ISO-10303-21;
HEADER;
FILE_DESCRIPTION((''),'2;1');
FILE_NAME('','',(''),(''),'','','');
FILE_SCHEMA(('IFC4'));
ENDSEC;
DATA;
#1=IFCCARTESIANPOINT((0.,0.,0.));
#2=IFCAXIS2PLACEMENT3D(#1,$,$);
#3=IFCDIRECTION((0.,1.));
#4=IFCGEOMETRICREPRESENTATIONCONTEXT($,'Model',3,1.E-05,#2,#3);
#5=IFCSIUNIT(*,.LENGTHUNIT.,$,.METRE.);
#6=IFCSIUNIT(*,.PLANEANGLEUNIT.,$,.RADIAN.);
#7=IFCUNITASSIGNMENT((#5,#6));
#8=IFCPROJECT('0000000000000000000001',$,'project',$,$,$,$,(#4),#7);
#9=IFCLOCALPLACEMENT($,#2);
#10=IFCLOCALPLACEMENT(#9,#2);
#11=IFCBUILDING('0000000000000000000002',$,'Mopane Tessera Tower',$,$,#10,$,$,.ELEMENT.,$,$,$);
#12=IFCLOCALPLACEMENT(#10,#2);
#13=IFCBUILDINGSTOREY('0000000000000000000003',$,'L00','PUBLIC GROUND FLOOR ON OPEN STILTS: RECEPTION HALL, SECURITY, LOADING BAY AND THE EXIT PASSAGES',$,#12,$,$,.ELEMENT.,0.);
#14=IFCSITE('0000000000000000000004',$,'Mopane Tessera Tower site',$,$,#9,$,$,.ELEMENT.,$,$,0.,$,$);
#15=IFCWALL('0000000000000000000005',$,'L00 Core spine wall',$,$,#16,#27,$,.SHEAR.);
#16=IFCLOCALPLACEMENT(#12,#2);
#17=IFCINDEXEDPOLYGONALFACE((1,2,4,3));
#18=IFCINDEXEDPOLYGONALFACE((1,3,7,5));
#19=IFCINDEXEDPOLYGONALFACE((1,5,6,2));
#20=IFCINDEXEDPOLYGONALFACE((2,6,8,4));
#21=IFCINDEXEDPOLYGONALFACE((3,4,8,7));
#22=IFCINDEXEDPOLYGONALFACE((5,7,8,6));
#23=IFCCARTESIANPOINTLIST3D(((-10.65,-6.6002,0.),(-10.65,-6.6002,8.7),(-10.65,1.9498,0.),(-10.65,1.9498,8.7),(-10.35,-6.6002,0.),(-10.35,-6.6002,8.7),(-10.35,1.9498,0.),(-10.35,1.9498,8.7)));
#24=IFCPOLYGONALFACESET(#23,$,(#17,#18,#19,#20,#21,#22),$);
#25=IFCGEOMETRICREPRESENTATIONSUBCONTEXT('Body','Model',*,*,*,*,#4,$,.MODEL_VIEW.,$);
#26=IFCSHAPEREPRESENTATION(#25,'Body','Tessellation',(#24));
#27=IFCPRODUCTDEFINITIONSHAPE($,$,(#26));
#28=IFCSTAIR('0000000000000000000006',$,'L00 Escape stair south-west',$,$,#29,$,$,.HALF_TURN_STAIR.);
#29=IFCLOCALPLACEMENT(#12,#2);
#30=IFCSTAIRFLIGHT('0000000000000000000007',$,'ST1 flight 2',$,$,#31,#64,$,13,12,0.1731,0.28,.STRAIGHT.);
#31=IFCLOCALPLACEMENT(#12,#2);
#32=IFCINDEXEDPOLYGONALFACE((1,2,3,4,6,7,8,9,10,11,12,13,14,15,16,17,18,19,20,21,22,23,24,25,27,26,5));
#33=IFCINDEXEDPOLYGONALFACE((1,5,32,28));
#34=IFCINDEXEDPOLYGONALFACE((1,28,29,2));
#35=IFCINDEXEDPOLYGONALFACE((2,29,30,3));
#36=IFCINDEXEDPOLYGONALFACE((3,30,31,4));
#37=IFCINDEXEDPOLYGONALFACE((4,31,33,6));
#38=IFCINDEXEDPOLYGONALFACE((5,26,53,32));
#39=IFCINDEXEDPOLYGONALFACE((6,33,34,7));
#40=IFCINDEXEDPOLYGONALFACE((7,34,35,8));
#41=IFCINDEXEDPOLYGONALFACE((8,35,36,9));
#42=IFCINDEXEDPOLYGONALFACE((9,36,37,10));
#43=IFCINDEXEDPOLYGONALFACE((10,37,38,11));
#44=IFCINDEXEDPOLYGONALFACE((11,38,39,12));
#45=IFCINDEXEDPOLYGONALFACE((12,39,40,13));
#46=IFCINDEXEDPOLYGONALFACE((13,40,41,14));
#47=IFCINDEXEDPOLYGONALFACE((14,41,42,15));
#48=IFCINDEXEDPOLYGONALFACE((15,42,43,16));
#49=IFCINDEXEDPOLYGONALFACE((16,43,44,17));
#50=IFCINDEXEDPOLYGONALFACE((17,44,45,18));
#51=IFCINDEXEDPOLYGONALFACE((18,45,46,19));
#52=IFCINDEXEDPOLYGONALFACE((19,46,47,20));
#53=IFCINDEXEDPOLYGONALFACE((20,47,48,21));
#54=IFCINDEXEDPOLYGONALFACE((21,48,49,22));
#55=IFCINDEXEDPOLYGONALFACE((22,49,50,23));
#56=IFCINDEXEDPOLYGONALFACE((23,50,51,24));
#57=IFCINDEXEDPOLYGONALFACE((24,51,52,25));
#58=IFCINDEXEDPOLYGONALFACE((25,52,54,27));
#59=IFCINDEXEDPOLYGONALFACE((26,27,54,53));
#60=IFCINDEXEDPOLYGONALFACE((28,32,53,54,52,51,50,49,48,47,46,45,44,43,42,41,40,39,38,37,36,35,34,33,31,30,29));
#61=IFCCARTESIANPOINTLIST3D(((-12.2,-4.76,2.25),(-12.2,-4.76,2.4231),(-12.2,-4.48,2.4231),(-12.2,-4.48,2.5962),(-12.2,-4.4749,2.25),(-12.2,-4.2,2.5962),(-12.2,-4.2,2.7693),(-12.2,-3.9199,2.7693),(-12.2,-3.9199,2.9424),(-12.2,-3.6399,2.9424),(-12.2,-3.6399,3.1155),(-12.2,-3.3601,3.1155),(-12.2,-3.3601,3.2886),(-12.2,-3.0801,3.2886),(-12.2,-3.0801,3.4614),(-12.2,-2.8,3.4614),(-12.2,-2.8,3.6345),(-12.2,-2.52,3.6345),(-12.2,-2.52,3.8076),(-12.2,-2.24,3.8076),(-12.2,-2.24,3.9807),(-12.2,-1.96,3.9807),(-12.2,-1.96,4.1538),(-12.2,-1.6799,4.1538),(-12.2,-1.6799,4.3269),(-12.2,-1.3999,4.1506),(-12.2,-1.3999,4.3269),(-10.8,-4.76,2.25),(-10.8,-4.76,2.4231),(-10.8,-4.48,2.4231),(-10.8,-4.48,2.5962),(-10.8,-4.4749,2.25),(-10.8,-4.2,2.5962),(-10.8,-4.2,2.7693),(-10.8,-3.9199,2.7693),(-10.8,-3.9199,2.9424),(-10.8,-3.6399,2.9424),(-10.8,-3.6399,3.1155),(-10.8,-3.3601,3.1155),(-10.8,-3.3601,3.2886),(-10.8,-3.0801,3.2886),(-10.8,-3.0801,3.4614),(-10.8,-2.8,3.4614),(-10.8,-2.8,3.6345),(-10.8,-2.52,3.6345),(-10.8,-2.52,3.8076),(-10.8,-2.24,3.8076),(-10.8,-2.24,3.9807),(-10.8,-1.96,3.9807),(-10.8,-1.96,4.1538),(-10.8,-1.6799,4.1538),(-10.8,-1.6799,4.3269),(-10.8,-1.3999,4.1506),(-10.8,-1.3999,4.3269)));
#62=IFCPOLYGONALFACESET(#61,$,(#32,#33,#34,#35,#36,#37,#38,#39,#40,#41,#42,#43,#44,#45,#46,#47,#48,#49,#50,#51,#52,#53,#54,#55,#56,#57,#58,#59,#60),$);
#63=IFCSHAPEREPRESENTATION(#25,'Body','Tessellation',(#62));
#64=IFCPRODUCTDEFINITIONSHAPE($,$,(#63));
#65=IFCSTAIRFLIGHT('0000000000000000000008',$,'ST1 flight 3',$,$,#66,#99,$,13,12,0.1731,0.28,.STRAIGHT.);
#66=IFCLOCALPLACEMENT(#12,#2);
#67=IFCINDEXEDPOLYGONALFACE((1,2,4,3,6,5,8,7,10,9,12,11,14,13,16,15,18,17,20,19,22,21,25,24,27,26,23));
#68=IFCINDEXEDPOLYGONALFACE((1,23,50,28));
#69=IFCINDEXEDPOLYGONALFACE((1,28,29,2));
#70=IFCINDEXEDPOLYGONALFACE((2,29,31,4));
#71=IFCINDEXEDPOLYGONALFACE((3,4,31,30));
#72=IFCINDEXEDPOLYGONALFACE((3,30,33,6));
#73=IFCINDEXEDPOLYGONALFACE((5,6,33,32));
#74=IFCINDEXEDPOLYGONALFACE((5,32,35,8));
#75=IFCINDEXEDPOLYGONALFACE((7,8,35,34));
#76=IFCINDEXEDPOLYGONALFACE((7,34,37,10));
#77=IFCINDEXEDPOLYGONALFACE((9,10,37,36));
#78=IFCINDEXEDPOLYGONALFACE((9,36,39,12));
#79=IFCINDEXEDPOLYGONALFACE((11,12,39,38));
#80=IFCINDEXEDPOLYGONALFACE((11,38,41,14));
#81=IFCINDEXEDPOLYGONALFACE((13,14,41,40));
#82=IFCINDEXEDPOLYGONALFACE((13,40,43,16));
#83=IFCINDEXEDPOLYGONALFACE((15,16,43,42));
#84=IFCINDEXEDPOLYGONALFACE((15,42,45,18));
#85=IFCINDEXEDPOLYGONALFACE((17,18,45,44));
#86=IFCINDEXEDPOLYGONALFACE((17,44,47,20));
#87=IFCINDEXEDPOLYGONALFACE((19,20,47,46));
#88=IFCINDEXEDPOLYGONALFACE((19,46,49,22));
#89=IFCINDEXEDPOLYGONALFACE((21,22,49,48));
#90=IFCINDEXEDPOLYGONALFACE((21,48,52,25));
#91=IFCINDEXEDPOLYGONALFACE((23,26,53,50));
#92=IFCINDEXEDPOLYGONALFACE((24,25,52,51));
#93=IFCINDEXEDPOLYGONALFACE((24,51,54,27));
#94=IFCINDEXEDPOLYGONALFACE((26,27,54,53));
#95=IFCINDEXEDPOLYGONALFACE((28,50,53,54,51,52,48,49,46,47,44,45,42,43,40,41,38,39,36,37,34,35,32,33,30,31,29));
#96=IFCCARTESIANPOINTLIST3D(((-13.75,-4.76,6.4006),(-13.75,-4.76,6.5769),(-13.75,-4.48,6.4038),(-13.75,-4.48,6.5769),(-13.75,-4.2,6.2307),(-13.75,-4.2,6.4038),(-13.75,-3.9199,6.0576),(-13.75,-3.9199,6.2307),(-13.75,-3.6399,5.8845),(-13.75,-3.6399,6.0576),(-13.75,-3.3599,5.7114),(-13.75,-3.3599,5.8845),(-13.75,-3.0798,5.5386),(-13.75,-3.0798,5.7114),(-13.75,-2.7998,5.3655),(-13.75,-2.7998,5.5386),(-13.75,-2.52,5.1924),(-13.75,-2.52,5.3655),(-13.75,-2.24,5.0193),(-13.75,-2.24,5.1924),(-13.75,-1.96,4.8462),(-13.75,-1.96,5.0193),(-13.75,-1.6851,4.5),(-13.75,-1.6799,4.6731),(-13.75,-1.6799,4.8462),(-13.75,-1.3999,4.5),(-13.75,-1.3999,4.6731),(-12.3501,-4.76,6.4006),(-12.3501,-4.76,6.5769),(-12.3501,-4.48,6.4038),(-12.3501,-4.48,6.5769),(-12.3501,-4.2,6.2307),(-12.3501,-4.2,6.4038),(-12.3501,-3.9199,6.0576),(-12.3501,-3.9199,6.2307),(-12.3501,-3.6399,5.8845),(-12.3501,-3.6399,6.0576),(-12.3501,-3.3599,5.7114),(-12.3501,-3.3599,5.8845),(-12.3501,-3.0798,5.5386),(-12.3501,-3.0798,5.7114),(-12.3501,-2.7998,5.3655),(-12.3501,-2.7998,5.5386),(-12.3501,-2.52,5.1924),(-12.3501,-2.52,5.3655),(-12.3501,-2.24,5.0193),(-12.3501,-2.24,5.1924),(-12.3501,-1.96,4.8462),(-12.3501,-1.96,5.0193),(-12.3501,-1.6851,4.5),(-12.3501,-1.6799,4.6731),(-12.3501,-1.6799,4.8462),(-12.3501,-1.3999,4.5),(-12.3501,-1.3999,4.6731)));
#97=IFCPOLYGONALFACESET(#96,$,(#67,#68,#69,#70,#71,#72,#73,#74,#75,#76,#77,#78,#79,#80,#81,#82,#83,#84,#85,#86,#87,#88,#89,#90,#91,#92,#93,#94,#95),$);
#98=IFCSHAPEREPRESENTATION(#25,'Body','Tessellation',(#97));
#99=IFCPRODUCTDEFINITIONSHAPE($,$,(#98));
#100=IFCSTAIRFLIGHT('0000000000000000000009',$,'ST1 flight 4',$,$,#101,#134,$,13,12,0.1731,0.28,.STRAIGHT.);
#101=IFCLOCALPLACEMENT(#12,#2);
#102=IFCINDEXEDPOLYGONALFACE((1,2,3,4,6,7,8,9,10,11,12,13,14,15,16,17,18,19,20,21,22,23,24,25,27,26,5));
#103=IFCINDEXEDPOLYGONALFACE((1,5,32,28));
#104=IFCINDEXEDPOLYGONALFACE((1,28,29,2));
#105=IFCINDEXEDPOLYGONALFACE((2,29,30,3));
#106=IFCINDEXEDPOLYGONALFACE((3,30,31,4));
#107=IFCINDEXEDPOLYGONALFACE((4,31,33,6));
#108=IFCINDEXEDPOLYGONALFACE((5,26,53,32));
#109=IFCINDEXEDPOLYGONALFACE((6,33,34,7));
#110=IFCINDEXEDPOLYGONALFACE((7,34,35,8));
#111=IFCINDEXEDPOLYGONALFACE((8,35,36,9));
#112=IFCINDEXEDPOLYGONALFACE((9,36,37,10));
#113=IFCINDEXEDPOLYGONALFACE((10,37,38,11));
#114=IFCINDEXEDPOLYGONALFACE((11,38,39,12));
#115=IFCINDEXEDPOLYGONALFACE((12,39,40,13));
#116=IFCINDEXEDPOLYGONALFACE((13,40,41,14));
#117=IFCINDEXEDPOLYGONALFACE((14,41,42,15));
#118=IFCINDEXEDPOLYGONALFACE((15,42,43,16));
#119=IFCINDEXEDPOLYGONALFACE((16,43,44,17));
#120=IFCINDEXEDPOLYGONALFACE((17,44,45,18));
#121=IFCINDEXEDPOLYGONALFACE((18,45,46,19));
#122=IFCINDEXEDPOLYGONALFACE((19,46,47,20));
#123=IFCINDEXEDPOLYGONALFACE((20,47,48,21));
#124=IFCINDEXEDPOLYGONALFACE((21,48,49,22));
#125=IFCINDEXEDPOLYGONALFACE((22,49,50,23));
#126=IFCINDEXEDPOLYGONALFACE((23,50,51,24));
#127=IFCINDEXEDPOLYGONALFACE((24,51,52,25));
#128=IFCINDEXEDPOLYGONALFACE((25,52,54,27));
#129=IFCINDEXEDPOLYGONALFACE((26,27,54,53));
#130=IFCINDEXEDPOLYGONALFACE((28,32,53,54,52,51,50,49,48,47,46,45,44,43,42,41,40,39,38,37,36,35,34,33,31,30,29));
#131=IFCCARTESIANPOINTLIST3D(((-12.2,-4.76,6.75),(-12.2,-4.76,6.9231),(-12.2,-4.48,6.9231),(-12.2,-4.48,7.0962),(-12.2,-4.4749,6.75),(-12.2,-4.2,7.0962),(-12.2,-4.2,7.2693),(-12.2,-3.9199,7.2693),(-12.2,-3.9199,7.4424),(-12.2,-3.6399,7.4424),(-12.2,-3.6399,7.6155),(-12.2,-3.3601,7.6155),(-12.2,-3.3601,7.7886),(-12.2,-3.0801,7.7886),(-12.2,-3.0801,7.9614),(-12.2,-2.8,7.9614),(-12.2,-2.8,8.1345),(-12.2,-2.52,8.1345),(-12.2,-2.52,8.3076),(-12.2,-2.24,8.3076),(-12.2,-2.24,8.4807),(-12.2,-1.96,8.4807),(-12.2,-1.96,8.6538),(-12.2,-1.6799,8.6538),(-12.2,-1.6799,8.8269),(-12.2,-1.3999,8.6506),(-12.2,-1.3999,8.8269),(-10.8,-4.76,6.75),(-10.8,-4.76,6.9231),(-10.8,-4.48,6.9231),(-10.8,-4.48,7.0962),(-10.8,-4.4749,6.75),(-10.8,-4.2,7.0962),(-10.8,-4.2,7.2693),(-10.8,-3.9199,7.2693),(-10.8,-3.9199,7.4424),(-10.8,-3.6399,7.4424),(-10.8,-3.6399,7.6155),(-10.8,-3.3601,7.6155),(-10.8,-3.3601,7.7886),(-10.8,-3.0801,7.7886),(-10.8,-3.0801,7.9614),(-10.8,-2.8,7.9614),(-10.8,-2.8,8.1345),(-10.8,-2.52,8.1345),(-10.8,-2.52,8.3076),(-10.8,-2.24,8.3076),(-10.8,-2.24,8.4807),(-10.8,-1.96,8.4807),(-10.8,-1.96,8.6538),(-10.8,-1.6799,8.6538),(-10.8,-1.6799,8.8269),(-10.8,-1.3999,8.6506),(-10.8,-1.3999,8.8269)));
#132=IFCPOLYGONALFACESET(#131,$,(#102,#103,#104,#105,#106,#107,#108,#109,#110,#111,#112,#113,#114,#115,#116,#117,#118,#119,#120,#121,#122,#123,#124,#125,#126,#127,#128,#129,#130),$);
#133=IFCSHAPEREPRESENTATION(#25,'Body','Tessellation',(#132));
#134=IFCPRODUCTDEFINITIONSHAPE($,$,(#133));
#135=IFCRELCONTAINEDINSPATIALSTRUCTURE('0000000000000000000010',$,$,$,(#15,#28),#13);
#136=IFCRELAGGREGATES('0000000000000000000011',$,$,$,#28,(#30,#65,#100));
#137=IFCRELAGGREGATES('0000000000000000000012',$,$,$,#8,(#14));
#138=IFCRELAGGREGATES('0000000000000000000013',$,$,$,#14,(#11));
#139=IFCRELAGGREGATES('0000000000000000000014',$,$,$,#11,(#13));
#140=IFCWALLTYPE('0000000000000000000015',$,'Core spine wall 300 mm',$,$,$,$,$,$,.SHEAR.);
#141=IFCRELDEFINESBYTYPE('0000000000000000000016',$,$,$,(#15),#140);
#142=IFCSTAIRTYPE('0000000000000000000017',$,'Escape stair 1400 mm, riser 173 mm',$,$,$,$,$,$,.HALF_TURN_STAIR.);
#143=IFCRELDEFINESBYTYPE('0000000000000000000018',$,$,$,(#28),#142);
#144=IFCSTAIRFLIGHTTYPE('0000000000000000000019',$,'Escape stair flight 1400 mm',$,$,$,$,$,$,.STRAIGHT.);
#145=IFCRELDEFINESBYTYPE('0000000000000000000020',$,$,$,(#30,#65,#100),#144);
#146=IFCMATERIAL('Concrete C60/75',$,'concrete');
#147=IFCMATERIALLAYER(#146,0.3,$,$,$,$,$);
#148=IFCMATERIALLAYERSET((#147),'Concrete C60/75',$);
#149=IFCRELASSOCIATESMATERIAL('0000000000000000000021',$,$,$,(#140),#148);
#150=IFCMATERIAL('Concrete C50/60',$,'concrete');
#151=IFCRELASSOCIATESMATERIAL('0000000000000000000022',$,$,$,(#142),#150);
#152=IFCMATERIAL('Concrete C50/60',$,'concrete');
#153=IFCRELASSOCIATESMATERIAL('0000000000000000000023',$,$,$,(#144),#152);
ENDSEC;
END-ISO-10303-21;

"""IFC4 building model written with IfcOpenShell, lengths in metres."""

from ifc_helpers import new_model, si_unit, direction, frame, frame_2d, origin, place, context, subcontext, project, spatial, polyline, rectangle, outline, extrude, material, layer, layer_set, type_object, element, aggregate, save


model = new_model("IFC4")

# Units and contexts
model_context = context("Model", 3, precision=1e-05, world=origin(), true_north=direction((0.0, 1.0)))
body_context = subcontext(model_context, "Body", "Model", "MODEL_VIEW")
ifc_project = project(units=[si_unit("LENGTHUNIT", "METRE"), si_unit("PLANEANGLEUNIT", "RADIAN")], contexts=[model_context])

# Site, building, storey
site_placement = place(None, origin())
site = spatial("IfcSite", under=ifc_project, at=site_placement, Name="Mopane Tessera Tower site", CompositionType="ELEMENT", RefElevation=0.0)
building_placement = place(site_placement, origin())
building = spatial("IfcBuilding", under=site, at=building_placement, Name="Mopane Tessera Tower", CompositionType="ELEMENT")
storey_placement = place(building_placement, origin())
storey = spatial("IfcBuildingStorey", under=building, at=storey_placement, Name="L00", Description="PUBLIC GROUND FLOOR ON OPEN STILTS: RECEPTION HALL, SECURITY, LOADING BAY AND THE EXIT PASSAGES", CompositionType="ELEMENT", Elevation=0.0)

# Wall
ifc_material_1 = material(Name="Concrete C60/75", Category="concrete")
ifc_layer = layer(ifc_material_1, 0.3)
ifc_layer_set = layer_set([ifc_layer], Name="Concrete C60/75")
wall_type = type_object("IfcWallType", Name="Core spine wall 300 mm", PredefinedType="SHEAR", material=ifc_layer_set)
wall_placement = place(storey_placement, frame((-10.5, -6.6001, 0.0), z_axis=(0.0, 0.0, 1.0), x_axis=(0.0, 1.0, 0.0)))
element("IfcWall", 1, at=wall_placement, inside=storey, type_object=wall_type, Name="L00 Core spine wall", PredefinedType="SHEAR", context=body_context, shape_type="SweptSolid", body=[
    extrude(rectangle(XDim=8.55, YDim=0.3, at=frame_2d((4.2749, 0.0))), origin(), (0.0, 0.0, 1.0), 8.7),
])

# Stair, stair flights
ifc_material_2 = material(Name="Concrete C50/60", Category="concrete")
stair_type = type_object("IfcStairType", Name="Escape stair 1400 mm, riser 173 mm", PredefinedType="HALF_TURN_STAIR", material=ifc_material_2)
stair_placement = place(storey_placement, origin())
stair = element("IfcStair", 2, at=stair_placement, inside=storey, type_object=stair_type, Name="L00 Escape stair south-west", PredefinedType="HALF_TURN_STAIR")
ifc_material_3 = material(Name="Concrete C50/60", Category="concrete")
stair_flight_type = type_object("IfcStairFlightType", Name="Escape stair flight 1400 mm", PredefinedType="STRAIGHT", material=ifc_material_3)
stair_flight_1_placement = place(storey_placement, frame((-11.5, -4.76, 2.25), z_axis=(0.0, 0.0, 1.0), x_axis=(0.0, 1.0, 0.0)))
stair_flight_1 = element("IfcStairFlight", 3, at=stair_flight_1_placement, type_object=stair_flight_type, Name="ST1 flight 2", NumberOfRisers=13, NumberOfTreads=12, PredefinedType="STRAIGHT", RiserHeight=0.1731, TreadLength=0.28, context=body_context, shape_type="SweptSolid", body=[
    extrude(outline(polyline([(0.0, 0.0), (0.0, 0.1731), (0.28, 0.1731), (0.28, 0.3462), (0.5601, 0.3462), (0.5601, 0.5193), (0.8401, 0.5193), (0.8401, 0.6924), (1.1201, 0.6924), (1.1201, 0.8655), (1.3999, 0.8655), (1.3999, 1.0386), (1.6799, 1.0386), (1.6799, 1.2114), (1.96, 1.2114), (1.96, 1.3845), (2.24, 1.3845), (2.24, 1.5576), (2.52, 1.5576), (2.52, 1.7307), (2.8, 1.7307), (2.8, 1.9038), (3.0801, 1.9038), (3.0801, 2.0769), (3.3601, 2.0769), (3.3601, 2.25), (3.3601, 1.9006), (0.2852, 0.0), (0.0, 0.0)])), frame((0.0, 0.7, 0.0), z_axis=(0.0, -1.0, 0.0), x_axis=(1.0, 0.0, 0.0)), (0.0, 0.0, 1.0), 1.3999),
])
stair_flight_2_placement = place(storey_placement, frame((-13.05, -1.3999, 4.5), z_axis=(0.0, 0.0, 1.0), x_axis=(0.0, -1.0, 0.0)))
stair_flight_2 = element("IfcStairFlight", 4, at=stair_flight_2_placement, type_object=stair_flight_type, Name="ST1 flight 3", NumberOfRisers=13, NumberOfTreads=12, PredefinedType="STRAIGHT", RiserHeight=0.1731, TreadLength=0.28, context=body_context, shape_type="SweptSolid", body=[
    extrude(outline(polyline([(0.0, 0.0), (0.0, 0.1731), (0.28, 0.1731), (0.28, 0.3462), (0.5601, 0.3462), (0.5601, 0.5193), (0.8401, 0.5193), (0.8401, 0.6924), (1.1201, 0.6924), (1.1201, 0.8655), (1.3999, 0.8655), (1.3999, 1.0386), (1.6799, 1.0386), (1.6799, 1.2114), (1.96, 1.2114), (1.96, 1.3845), (2.24, 1.3845), (2.24, 1.5576), (2.52, 1.5576), (2.52, 1.7307), (2.8, 1.7307), (2.8, 1.9038), (3.0801, 1.9038), (3.0801, 2.0769), (3.3601, 2.0769), (3.3601, 2.25), (3.3601, 1.9006), (0.2852, 0.0), (0.0, 0.0)])), frame((0.0, 0.7, 0.0), z_axis=(0.0, -1.0, 0.0), x_axis=(1.0, 0.0, 0.0)), (0.0, 0.0, 1.0), 1.3999),
])
stair_flight_3_placement = place(storey_placement, frame((-11.5, -4.76, 6.75), z_axis=(0.0, 0.0, 1.0), x_axis=(0.0, 1.0, 0.0)))
stair_flight_3 = element("IfcStairFlight", 5, at=stair_flight_3_placement, type_object=stair_flight_type, Name="ST1 flight 4", NumberOfRisers=13, NumberOfTreads=12, PredefinedType="STRAIGHT", RiserHeight=0.1731, TreadLength=0.28, context=body_context, shape_type="SweptSolid", body=[
    extrude(outline(polyline([(0.0, 0.0), (0.0, 0.1731), (0.28, 0.1731), (0.28, 0.3462), (0.5601, 0.3462), (0.5601, 0.5193), (0.8401, 0.5193), (0.8401, 0.6924), (1.1201, 0.6924), (1.1201, 0.8655), (1.3999, 0.8655), (1.3999, 1.0386), (1.6799, 1.0386), (1.6799, 1.2114), (1.96, 1.2114), (1.96, 1.3845), (2.24, 1.3845), (2.24, 1.5576), (2.52, 1.5576), (2.52, 1.7307), (2.8, 1.7307), (2.8, 1.9038), (3.0801, 1.9038), (3.0801, 2.0769), (3.3601, 2.0769), (3.3601, 2.25), (3.3601, 1.9006), (0.2852, 0.0), (0.0, 0.0)])), frame((0.0, 0.7, 0.0), z_axis=(0.0, -1.0, 0.0), x_axis=(1.0, 0.0, 0.0)), (0.0, 0.0, 1.0), 1.3999),
])
aggregate(stair, [stair_flight_1, stair_flight_2, stair_flight_3])

save(model, "model.ifc")
